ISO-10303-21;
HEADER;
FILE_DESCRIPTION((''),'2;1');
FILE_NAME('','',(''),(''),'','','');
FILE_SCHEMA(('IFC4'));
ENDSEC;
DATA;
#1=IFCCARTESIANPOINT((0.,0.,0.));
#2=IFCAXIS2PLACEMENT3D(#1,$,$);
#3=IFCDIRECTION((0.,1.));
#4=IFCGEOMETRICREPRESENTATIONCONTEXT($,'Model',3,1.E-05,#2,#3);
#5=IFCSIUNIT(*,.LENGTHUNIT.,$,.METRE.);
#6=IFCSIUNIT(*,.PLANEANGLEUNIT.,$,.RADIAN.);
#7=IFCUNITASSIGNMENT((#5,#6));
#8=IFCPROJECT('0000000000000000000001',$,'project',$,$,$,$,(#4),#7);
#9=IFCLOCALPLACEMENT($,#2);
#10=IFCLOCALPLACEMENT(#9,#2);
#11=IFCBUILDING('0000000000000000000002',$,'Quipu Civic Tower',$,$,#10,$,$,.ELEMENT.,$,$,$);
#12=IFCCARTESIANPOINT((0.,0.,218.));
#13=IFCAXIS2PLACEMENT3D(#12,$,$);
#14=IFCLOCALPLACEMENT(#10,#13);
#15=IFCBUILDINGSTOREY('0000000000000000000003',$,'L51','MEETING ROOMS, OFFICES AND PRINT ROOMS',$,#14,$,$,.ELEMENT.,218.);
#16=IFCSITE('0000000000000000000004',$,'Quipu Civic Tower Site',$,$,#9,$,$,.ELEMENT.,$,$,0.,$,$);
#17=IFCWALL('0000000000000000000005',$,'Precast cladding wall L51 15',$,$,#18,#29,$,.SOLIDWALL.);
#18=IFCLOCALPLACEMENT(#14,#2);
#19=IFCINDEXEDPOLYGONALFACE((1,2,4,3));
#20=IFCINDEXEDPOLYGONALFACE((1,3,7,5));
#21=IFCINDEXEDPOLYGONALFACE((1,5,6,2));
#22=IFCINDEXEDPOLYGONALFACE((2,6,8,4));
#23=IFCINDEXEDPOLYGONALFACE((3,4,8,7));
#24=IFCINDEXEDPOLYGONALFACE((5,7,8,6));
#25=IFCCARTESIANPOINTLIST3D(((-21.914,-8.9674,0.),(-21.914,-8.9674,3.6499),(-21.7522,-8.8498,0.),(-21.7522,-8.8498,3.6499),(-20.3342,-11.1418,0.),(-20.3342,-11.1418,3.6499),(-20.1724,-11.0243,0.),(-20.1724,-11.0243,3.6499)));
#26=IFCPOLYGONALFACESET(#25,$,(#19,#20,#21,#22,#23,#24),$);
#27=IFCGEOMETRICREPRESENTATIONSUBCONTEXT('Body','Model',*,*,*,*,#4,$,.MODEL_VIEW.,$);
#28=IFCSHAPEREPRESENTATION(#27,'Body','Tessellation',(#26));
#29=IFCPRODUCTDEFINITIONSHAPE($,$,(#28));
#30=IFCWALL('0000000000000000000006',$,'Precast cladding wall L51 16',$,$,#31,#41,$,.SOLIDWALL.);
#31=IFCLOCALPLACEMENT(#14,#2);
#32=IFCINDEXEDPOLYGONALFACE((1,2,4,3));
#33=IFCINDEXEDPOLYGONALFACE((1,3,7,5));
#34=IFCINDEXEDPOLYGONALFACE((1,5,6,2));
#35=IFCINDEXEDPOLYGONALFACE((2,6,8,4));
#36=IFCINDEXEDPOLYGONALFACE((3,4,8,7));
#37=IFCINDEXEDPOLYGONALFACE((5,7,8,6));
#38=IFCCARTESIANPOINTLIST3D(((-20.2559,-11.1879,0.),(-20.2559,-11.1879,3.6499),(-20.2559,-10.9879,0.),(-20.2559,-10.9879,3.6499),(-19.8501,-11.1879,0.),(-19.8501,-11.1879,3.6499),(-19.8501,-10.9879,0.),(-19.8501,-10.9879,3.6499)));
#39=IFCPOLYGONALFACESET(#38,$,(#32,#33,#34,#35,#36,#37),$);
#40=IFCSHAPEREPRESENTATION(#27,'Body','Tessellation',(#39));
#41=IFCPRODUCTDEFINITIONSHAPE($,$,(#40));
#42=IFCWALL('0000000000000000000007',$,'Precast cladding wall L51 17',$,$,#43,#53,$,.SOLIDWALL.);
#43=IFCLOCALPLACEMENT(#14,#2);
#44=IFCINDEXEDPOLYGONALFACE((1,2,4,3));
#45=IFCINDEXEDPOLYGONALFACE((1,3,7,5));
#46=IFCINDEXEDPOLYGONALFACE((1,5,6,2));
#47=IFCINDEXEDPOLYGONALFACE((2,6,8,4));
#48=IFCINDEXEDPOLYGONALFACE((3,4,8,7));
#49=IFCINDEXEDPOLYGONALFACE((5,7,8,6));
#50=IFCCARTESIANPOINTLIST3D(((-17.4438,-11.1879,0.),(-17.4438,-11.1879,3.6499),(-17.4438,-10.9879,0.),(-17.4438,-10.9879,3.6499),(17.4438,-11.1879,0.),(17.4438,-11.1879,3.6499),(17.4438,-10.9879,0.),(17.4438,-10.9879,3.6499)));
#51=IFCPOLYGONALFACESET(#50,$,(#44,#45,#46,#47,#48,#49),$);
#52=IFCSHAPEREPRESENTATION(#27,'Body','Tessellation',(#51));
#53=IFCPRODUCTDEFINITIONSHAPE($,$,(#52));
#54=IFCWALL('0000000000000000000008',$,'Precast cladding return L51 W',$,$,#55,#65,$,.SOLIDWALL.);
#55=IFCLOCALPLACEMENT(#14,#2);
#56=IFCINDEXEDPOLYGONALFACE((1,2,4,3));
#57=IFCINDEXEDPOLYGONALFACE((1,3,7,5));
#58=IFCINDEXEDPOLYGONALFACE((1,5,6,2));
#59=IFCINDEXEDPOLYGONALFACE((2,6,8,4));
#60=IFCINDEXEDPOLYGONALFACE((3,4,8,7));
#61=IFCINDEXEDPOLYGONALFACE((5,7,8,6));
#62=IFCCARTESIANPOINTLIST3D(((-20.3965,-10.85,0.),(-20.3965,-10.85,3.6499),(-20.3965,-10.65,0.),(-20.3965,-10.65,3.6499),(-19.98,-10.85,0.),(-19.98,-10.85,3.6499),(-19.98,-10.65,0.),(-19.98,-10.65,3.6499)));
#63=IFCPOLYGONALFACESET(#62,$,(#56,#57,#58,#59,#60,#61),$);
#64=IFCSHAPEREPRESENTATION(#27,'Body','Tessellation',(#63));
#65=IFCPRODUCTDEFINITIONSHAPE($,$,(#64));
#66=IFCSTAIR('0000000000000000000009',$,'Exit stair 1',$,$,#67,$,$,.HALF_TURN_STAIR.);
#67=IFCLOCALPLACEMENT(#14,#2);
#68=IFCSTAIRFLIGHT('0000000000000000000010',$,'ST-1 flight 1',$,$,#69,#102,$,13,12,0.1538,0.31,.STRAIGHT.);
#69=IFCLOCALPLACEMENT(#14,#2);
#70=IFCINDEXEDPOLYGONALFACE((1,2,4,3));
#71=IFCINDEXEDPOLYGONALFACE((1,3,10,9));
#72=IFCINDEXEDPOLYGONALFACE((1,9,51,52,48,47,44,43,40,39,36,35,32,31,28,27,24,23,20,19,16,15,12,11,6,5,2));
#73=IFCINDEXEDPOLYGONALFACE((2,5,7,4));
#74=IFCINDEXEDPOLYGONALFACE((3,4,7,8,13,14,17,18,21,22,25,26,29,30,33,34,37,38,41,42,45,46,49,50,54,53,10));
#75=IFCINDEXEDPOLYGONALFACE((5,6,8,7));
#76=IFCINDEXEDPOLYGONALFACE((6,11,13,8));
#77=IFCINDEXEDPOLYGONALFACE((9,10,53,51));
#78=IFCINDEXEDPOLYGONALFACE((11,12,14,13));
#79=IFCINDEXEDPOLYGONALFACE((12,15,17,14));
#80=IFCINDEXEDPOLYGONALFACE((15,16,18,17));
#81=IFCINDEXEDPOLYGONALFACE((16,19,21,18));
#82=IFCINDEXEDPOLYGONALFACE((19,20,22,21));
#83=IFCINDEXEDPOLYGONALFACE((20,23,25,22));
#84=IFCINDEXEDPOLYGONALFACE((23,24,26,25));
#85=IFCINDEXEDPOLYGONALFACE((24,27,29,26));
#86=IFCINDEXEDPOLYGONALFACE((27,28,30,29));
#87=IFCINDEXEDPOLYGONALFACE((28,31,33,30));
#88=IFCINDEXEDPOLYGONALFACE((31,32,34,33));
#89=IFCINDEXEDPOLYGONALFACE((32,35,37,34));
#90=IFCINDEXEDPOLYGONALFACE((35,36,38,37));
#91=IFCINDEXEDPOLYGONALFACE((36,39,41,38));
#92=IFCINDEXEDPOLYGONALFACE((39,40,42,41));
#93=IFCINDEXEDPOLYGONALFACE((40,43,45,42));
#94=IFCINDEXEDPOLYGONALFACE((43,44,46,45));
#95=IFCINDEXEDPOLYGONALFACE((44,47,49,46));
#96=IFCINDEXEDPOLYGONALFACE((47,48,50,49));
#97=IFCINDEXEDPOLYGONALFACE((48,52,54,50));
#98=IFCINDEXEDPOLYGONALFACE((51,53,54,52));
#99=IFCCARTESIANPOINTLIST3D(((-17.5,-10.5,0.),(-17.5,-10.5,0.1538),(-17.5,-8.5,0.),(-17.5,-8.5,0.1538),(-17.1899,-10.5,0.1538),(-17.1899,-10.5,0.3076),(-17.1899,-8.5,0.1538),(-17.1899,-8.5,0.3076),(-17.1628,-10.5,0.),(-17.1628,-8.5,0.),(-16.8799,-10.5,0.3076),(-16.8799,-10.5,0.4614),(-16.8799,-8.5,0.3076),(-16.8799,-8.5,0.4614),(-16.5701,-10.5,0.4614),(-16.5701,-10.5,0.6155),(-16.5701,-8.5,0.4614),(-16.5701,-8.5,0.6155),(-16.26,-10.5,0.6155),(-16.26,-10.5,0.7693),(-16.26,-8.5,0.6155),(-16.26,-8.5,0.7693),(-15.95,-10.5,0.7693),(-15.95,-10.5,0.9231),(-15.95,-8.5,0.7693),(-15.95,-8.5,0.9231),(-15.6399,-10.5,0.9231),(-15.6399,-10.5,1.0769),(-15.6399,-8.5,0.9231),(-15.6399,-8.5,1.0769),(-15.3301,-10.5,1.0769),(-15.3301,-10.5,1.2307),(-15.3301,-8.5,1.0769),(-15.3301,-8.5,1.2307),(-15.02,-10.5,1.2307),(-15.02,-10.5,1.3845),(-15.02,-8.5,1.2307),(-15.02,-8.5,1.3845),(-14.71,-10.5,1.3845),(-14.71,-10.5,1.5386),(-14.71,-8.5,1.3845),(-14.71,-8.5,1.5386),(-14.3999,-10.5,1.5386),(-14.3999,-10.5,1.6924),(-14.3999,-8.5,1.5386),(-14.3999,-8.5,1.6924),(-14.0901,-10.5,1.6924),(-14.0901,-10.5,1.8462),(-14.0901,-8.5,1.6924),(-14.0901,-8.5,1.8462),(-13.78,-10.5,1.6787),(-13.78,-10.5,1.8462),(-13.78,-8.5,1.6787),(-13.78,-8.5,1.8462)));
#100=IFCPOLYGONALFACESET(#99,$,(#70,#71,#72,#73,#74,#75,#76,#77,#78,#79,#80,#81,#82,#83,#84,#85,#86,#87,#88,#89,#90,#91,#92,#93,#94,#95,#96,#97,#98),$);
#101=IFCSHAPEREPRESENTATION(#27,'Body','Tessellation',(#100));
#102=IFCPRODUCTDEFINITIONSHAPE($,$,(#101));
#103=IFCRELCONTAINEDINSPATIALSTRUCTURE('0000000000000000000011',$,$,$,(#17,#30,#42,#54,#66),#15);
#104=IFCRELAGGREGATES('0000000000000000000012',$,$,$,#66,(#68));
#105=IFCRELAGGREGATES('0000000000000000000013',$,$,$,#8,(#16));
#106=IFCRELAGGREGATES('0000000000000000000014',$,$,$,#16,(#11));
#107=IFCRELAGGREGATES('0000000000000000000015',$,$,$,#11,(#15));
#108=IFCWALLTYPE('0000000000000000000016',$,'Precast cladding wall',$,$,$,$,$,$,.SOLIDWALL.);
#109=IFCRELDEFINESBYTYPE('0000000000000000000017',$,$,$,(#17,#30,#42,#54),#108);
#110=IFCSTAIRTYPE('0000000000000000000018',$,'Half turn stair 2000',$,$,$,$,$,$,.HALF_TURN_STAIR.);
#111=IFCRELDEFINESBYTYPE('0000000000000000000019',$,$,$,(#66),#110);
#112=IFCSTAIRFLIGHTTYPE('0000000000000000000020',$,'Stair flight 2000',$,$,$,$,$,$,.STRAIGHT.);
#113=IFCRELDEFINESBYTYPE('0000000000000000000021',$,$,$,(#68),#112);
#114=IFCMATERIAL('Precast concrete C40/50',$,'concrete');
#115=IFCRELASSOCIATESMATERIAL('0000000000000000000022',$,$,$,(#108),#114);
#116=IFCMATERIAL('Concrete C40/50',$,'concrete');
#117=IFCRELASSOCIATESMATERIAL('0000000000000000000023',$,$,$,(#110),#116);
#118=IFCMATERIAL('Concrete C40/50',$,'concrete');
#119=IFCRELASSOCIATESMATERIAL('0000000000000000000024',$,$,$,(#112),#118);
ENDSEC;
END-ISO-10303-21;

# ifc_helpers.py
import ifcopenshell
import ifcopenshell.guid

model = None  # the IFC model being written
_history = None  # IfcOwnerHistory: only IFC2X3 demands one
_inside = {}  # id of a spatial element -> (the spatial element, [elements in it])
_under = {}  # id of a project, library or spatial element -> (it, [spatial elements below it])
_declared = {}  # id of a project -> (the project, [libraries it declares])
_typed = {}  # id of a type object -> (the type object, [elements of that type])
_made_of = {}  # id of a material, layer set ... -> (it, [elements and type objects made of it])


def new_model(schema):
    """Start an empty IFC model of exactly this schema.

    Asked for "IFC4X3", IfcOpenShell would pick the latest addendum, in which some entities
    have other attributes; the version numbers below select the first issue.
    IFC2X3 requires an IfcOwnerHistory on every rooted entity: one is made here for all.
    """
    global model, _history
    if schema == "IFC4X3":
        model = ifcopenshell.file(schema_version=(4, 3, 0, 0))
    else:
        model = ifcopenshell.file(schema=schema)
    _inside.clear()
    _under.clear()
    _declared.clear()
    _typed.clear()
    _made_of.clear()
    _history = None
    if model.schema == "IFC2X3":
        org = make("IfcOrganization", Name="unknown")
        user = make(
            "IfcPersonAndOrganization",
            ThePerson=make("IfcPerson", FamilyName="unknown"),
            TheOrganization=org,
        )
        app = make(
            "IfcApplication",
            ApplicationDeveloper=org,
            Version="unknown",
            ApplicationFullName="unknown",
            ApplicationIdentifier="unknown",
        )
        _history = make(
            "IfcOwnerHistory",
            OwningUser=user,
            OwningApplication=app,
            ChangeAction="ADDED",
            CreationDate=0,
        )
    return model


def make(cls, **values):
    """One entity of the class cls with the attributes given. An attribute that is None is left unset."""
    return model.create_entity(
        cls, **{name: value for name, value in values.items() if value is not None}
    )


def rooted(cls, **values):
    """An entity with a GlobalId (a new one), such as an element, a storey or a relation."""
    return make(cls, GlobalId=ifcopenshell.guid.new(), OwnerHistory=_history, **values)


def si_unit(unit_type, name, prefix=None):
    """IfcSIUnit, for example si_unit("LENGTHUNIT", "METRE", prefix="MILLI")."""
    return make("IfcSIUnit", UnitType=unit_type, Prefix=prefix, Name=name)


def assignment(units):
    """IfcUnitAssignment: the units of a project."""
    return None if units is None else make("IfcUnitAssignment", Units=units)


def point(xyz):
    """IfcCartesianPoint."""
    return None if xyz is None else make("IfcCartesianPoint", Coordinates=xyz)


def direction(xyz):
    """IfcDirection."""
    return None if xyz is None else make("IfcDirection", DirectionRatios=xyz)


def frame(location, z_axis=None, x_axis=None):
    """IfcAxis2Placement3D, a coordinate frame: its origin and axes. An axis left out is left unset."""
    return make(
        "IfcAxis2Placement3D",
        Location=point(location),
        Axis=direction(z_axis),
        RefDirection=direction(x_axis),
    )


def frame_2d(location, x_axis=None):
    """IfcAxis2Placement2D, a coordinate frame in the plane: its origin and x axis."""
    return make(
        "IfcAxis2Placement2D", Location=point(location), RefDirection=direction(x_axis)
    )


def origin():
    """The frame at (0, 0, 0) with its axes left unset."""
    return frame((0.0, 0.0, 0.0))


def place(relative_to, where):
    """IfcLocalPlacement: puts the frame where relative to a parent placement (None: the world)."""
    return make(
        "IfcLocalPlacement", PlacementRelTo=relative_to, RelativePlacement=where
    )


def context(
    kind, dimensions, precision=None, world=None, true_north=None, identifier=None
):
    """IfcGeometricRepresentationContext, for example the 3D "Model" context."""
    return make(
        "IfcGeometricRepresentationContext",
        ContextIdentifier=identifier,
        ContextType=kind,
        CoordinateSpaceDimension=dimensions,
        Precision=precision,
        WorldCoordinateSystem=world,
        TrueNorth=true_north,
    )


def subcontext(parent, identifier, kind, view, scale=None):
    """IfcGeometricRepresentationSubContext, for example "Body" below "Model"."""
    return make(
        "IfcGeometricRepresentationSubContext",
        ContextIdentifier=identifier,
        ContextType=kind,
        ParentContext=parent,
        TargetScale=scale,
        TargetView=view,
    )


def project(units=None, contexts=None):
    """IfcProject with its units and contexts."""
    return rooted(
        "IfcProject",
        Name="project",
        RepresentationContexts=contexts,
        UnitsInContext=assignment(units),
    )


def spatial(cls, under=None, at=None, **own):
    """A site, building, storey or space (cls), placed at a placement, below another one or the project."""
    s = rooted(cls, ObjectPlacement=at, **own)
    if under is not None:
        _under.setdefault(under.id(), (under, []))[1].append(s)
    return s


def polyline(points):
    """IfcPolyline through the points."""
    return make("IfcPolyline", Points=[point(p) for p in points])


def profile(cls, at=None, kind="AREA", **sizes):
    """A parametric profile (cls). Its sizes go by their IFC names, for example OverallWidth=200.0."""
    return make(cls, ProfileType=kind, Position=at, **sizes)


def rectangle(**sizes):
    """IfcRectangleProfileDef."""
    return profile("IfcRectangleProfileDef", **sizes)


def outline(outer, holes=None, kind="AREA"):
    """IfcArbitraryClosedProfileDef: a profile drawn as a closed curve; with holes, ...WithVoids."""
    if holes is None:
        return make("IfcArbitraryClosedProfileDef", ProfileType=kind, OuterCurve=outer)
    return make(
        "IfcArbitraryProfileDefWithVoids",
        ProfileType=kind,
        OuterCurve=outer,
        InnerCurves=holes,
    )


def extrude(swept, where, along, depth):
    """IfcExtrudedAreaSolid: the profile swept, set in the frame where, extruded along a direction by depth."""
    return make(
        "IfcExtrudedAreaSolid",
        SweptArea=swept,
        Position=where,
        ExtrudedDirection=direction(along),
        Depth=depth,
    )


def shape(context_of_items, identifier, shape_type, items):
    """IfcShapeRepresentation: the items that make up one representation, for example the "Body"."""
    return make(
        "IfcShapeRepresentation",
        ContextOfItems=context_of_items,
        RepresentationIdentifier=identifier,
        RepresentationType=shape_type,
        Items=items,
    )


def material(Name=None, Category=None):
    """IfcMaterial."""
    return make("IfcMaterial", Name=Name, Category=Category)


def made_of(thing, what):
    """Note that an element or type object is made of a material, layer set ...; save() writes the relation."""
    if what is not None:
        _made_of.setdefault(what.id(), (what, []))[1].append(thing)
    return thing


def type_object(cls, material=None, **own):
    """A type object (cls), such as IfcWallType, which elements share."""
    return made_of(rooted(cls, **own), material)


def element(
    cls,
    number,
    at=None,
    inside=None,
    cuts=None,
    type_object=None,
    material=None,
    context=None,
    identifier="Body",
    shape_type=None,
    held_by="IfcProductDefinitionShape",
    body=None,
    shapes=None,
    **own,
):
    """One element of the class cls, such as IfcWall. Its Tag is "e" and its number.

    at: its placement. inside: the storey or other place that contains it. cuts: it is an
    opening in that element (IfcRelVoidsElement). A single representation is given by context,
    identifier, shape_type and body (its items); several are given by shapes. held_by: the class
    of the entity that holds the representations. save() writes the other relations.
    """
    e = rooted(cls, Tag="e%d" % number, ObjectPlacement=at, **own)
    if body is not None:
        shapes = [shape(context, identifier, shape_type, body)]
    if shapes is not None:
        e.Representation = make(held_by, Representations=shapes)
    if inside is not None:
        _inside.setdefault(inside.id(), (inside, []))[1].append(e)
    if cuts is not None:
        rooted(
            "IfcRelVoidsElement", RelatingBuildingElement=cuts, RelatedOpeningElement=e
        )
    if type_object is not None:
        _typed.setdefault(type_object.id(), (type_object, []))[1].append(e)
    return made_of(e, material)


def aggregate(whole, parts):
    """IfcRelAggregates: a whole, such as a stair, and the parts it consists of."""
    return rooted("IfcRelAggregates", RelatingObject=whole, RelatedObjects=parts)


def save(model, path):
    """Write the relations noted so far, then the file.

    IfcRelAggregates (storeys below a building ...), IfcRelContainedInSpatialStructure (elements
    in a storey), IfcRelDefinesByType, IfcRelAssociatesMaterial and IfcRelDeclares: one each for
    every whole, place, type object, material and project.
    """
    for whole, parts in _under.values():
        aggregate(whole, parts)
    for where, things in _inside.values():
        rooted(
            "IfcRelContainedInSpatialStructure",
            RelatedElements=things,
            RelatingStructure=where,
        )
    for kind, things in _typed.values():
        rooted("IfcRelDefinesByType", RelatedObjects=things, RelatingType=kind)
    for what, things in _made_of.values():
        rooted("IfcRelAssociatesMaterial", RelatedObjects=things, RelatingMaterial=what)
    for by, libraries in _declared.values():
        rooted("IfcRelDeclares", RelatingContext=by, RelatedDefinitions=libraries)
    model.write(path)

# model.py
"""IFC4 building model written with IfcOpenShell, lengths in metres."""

from ifc_helpers import new_model, si_unit, direction, frame, frame_2d, origin, place, context, subcontext, project, spatial, polyline, rectangle, outline, extrude, material, type_object, element, aggregate, save


model = new_model("IFC4")

# Units and contexts
model_context = context("Model", 3, precision=1e-05, world=origin(), true_north=direction((0.0, 1.0)))
body_context = subcontext(model_context, "Body", "Model", "MODEL_VIEW")
ifc_project = project(units=[si_unit("LENGTHUNIT", "METRE"), si_unit("PLANEANGLEUNIT", "RADIAN")], contexts=[model_context])

# Site, building, storey
site_placement = place(None, origin())
site = spatial("IfcSite", under=ifc_project, at=site_placement, Name="Quipu Civic Tower Site", CompositionType="ELEMENT", RefElevation=0.0)
building_placement = place(site_placement, origin())
building = spatial("IfcBuilding", under=site, at=building_placement, Name="Quipu Civic Tower", CompositionType="ELEMENT")
storey_placement = place(building_placement, frame((0.0, 0.0, 218.0)))
storey = spatial("IfcBuildingStorey", under=building, at=storey_placement, Name="L51", Description="MEETING ROOMS, OFFICES AND PRINT ROOMS", CompositionType="ELEMENT", Elevation=218.0)

# Walls
ifc_material_1 = material(Name="Precast concrete C40/50", Category="concrete")
wall_type_1 = type_object("IfcWallType", Name="Precast cladding wall", PredefinedType="SOLIDWALL", material=ifc_material_1)
wall_1_placement = place(storey_placement, frame((-21.833, -8.9087, 0.0), z_axis=(0.0, 0.0, 1.0), x_axis=(0.587767, -0.809031, 0.0)))
element("IfcWall", 1, at=wall_1_placement, inside=storey, type_object=wall_type_1, Name="Precast cladding wall L51 15", PredefinedType="SOLIDWALL", context=body_context, shape_type="SweptSolid", body=[
    extrude(rectangle(XDim=2.6877, YDim=0.2, at=frame_2d((1.3438, 0.0))), origin(), (0.0, 0.0, 1.0), 3.6499),
])
wall_2_placement = place(storey_placement, frame((-20.2559, -11.0879, 0.0), z_axis=(0.0, 0.0, 1.0), x_axis=(1.0, 0.0, 0.0)))
element("IfcWall", 2, at=wall_2_placement, inside=storey, type_object=wall_type_1, Name="Precast cladding wall L51 16", PredefinedType="SOLIDWALL", context=body_context, shape_type="SweptSolid", body=[
    extrude(rectangle(XDim=0.4058, YDim=0.2, at=frame_2d((0.2029, 0.0))), origin(), (0.0, 0.0, 1.0), 3.6499),
])
wall_3_placement = place(storey_placement, frame((-17.4438, -11.0879, 0.0), z_axis=(0.0, 0.0, 1.0), x_axis=(1.0, 0.0, 0.0)))
element("IfcWall", 3, at=wall_3_placement, inside=storey, type_object=wall_type_1, Name="Precast cladding wall L51 17", PredefinedType="SOLIDWALL", context=body_context, shape_type="SweptSolid", body=[
    extrude(rectangle(XDim=34.8877, YDim=0.2, at=frame_2d((17.4438, 0.0))), origin(), (0.0, 0.0, 1.0), 3.6499),
])
wall_4_placement = place(storey_placement, frame((-19.98, -10.75, 0.0), z_axis=(0.0, 0.0, 1.0), x_axis=(-1.0, 0.0, 0.0)))
element("IfcWall", 4, at=wall_4_placement, inside=storey, type_object=wall_type_1, Name="Precast cladding return L51 W", PredefinedType="SOLIDWALL", context=body_context, shape_type="SweptSolid", body=[
    extrude(rectangle(XDim=0.4165, YDim=0.2, at=frame_2d((0.2083, 0.0))), origin(), (0.0, 0.0, 1.0), 3.6499),
])

# Stair, stair flight
ifc_material_2 = material(Name="Concrete C40/50", Category="concrete")
stair_type = type_object("IfcStairType", Name="Half turn stair 2000", PredefinedType="HALF_TURN_STAIR", material=ifc_material_2)
stair_placement = place(storey_placement, origin())
stair = element("IfcStair", 5, at=stair_placement, inside=storey, type_object=stair_type, Name="Exit stair 1", PredefinedType="HALF_TURN_STAIR")
ifc_material_3 = material(Name="Concrete C40/50", Category="concrete")
stair_flight_type = type_object("IfcStairFlightType", Name="Stair flight 2000", PredefinedType="STRAIGHT", material=ifc_material_3)
stair_flight_placement = place(storey_placement, frame((-17.5, -9.5, 0.0), z_axis=(0.0, 0.0, 1.0), x_axis=(1.0, 0.0, 0.0)))
stair_flight = element("IfcStairFlight", 6, at=stair_flight_placement, type_object=stair_flight_type, Name="ST-1 flight 1", NumberOfRisers=13, NumberOfTreads=12, PredefinedType="STRAIGHT", RiserHeight=0.1538, TreadLength=0.31, context=body_context, shape_type="SweptSolid", body=[
    extrude(outline(polyline([(0.0, 0.0), (0.0, 0.1538), (0.3101, 0.1538), (0.3101, 0.3076), (0.6201, 0.3076), (0.6201, 0.4614), (0.9299, 0.4614), (0.9299, 0.6155), (1.24, 0.6155), (1.24, 0.7693), (1.55, 0.7693), (1.55, 0.9231), (1.8601, 0.9231), (1.8601, 1.0769), (2.1699, 1.0769), (2.1699, 1.2307), (2.48, 1.2307), (2.48, 1.3845), (2.79, 1.3845), (2.79, 1.5386), (3.1001, 1.5386), (3.1001, 1.6924), (3.4099, 1.6924), (3.4099, 1.8462), (3.72, 1.8462), (3.72, 2.0), (3.72, 1.6787), (0.3372, 0.0), (0.0, 0.0)])), frame((0.0, 1.0, 0.0), z_axis=(0.0, -1.0, 0.0), x_axis=(1.0, 0.0, 0.0)), (0.0, 0.0, 1.0), 2.0),
])
aggregate(stair, [stair_flight])

save(model, "model.ifc")
